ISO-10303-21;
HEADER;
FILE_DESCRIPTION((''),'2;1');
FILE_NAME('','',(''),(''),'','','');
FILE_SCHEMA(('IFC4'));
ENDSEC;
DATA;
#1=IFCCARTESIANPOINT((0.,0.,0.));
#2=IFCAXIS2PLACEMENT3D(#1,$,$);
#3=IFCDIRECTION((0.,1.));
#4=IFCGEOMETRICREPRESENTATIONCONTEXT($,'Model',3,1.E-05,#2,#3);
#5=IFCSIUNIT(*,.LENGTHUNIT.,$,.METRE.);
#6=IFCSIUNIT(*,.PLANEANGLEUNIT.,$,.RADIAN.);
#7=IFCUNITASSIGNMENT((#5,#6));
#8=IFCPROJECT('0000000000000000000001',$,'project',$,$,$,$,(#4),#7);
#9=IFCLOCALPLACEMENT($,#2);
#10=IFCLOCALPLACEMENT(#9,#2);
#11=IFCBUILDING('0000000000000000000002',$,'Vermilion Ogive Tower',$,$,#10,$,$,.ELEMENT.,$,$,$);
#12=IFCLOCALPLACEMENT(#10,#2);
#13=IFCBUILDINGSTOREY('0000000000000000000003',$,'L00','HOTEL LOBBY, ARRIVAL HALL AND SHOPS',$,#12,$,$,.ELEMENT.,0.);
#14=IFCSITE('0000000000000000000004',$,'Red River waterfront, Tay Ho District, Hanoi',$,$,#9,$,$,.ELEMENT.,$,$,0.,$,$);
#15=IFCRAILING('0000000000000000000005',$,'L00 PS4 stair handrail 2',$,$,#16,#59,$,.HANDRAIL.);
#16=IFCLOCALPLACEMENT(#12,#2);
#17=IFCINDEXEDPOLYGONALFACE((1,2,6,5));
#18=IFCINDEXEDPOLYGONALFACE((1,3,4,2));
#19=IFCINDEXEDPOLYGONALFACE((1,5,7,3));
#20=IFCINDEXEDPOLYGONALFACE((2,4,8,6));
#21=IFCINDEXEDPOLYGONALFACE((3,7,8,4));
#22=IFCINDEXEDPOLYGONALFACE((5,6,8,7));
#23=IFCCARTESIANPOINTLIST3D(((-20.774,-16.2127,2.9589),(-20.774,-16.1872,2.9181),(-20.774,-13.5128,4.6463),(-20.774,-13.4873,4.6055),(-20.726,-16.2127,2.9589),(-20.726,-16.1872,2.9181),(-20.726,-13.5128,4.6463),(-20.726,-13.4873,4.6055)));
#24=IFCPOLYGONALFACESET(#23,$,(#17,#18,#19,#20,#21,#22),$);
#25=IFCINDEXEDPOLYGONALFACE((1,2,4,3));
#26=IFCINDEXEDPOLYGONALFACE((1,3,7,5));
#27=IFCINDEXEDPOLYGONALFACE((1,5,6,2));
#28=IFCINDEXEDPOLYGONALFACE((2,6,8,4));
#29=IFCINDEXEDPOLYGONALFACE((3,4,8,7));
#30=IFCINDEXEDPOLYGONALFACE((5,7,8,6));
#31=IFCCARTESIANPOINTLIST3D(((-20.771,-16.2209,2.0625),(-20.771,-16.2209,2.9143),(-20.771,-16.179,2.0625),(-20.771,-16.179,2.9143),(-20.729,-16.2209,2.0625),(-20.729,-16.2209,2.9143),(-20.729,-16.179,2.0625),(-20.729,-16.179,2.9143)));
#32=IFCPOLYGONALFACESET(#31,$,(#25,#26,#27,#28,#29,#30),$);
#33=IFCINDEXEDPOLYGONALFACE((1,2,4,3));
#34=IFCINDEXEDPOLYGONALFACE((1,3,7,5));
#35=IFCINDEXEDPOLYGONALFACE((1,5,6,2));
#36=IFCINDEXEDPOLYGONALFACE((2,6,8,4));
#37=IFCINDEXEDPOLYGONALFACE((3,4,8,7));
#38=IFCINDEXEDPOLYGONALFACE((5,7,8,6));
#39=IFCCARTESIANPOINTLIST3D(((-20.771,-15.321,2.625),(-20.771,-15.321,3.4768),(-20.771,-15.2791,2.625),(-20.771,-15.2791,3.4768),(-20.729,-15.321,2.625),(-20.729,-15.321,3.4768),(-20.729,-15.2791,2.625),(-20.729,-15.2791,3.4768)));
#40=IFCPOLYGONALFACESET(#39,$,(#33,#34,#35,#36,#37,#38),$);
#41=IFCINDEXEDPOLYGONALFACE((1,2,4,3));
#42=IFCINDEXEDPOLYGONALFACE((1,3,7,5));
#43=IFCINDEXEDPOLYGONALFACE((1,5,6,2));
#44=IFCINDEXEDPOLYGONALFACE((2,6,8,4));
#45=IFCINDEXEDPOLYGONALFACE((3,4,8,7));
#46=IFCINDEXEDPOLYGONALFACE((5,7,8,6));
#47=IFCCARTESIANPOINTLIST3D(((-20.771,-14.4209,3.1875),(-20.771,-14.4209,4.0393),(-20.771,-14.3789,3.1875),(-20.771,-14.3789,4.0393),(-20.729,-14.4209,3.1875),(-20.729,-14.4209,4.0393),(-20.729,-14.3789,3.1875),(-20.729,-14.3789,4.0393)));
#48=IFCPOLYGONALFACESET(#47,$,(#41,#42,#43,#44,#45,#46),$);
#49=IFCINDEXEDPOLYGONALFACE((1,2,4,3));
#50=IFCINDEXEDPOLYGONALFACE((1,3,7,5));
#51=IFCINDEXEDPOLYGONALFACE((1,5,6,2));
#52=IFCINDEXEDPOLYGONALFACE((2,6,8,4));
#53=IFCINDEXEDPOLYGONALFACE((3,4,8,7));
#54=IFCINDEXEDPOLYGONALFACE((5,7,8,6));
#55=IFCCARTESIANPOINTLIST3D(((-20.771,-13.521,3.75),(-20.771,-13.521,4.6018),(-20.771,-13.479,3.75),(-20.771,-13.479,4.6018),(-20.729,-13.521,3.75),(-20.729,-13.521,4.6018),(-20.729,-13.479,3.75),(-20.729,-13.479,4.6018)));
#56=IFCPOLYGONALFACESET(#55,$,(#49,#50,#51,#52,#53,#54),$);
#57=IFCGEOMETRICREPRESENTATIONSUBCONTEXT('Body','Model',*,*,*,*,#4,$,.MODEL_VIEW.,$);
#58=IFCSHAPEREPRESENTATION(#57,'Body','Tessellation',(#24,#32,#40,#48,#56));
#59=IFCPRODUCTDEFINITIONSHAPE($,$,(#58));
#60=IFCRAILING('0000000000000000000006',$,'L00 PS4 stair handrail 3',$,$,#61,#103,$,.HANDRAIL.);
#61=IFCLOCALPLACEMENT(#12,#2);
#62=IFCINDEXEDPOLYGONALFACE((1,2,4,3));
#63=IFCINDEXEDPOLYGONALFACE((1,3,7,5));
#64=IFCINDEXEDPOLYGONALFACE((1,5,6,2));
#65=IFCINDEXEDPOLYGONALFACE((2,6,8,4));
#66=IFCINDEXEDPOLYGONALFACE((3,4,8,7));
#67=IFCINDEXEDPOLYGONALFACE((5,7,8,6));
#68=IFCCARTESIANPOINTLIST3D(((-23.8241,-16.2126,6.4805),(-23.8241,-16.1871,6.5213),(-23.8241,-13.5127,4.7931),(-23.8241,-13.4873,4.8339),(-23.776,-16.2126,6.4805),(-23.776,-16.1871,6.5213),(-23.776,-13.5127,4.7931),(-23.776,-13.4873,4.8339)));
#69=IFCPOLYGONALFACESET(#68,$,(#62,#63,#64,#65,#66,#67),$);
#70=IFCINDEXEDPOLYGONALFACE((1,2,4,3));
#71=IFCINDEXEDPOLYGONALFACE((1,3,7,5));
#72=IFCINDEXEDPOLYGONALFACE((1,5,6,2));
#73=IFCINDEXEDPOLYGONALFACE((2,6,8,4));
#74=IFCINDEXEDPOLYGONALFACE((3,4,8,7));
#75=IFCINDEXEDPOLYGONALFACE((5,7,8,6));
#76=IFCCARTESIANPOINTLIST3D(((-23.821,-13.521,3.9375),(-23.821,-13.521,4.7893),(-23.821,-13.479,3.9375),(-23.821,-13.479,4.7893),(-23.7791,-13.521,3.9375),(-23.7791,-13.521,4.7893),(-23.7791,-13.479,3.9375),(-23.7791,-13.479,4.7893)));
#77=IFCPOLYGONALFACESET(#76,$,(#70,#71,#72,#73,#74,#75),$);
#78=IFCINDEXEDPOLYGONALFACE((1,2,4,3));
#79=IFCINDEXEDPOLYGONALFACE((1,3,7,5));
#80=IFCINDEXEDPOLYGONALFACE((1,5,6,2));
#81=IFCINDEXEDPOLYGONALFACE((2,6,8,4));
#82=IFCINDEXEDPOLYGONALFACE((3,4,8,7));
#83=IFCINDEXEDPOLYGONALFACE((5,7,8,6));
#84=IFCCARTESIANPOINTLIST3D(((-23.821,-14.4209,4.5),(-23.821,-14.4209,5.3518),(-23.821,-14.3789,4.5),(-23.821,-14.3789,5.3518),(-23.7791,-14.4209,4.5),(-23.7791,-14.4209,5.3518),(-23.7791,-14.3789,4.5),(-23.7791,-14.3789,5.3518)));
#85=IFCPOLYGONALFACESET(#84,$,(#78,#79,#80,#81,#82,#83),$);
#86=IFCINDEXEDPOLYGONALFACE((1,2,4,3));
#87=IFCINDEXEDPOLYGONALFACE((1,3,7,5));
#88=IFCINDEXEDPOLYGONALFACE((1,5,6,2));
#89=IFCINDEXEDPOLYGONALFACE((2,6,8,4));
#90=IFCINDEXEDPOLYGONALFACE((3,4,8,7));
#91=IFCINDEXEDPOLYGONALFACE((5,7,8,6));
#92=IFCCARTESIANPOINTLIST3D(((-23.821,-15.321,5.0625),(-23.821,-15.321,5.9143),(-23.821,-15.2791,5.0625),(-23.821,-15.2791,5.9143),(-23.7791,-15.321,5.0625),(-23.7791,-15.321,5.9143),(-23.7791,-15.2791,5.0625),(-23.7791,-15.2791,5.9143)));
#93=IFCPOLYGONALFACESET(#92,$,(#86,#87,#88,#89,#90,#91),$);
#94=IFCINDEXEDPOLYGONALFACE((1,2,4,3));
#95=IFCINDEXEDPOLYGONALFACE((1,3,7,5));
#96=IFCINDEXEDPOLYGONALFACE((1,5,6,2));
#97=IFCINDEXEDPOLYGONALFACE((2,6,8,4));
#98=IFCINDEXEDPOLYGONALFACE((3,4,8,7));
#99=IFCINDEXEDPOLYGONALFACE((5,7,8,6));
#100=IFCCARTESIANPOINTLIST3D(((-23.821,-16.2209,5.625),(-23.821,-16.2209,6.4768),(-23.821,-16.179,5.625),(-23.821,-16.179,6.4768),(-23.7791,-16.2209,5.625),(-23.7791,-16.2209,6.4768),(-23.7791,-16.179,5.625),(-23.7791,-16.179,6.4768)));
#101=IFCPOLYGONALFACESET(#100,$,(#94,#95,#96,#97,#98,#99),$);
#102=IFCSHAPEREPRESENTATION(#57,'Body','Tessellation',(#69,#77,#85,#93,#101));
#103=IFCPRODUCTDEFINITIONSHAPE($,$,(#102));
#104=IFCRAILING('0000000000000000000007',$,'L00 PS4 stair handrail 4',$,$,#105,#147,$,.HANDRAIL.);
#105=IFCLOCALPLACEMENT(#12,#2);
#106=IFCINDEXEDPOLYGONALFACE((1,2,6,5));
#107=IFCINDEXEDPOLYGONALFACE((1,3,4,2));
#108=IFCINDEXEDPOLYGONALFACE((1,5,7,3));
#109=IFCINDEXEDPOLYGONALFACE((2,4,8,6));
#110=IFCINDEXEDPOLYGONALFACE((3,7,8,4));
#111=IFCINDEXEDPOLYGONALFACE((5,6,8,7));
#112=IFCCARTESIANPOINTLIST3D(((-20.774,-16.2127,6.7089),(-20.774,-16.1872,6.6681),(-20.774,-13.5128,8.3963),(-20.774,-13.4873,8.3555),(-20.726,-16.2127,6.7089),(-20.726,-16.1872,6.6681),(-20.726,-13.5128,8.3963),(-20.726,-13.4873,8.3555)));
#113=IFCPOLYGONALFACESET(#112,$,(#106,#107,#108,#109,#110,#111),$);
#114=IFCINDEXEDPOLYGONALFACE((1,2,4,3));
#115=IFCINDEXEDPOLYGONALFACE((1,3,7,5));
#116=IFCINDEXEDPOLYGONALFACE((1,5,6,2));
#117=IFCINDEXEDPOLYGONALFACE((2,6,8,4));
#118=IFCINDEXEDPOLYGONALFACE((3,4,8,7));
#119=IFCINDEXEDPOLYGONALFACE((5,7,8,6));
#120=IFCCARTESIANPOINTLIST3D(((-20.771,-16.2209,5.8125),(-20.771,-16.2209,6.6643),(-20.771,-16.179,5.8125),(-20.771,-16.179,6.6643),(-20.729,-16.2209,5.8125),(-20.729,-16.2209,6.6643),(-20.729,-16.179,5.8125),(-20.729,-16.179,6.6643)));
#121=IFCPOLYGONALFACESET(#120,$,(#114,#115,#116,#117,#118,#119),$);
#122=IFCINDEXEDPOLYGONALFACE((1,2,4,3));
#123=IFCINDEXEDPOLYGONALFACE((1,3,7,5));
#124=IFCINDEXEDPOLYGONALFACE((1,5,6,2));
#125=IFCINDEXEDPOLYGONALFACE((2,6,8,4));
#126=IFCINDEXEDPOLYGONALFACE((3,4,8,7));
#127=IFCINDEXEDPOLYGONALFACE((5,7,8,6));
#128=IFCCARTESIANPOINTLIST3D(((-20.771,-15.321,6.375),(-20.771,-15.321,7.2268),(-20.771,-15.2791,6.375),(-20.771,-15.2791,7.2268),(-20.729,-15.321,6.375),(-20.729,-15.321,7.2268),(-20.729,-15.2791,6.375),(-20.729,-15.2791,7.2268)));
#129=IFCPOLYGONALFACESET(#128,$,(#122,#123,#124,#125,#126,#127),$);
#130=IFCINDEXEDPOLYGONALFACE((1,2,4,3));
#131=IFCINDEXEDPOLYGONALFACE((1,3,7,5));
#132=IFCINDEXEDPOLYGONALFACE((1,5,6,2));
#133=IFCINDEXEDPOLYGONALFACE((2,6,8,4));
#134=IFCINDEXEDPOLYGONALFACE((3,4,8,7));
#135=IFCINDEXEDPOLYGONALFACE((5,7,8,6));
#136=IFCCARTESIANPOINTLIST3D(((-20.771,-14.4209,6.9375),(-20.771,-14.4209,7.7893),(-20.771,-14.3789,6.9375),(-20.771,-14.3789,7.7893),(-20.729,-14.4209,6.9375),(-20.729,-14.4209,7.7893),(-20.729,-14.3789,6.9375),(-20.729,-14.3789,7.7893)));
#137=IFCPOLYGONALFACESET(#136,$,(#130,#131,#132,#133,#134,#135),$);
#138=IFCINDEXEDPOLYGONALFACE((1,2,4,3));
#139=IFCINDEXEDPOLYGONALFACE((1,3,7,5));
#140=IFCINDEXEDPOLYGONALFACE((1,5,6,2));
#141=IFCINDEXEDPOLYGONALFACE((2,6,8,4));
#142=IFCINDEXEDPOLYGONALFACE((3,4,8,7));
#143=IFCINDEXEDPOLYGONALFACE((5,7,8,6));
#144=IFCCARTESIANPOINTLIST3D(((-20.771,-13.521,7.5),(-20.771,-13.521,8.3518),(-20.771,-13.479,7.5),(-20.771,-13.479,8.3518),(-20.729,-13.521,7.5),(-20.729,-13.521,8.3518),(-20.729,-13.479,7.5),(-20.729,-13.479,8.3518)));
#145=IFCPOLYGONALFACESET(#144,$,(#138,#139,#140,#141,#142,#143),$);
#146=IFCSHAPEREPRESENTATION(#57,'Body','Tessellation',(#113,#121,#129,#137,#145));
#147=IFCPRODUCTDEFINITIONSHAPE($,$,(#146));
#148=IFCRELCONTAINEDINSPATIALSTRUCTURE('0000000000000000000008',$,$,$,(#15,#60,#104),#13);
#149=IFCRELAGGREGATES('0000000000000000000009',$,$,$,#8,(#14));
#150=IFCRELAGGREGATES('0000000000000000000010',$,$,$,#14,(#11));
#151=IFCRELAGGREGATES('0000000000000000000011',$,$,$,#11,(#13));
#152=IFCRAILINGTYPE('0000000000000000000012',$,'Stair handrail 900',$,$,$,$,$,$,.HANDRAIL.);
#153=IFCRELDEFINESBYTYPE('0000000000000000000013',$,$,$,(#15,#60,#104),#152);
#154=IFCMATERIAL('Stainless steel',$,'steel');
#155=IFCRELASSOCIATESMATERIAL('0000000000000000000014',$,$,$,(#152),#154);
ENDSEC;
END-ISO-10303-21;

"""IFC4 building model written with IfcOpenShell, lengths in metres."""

from ifc_helpers import new_model, si_unit, direction, frame, origin, origin_2d, place, context, subcontext, project, spatial, rectangle, extrude, material, type_object, element, save


model = new_model("IFC4")

# Units and contexts
model_context = context("Model", 3, precision=1e-05, world=origin(), true_north=direction((0.0, 1.0)))
body_context = subcontext(model_context, "Body", "Model", "MODEL_VIEW")
ifc_project = project(units=[si_unit("LENGTHUNIT", "METRE"), si_unit("PLANEANGLEUNIT", "RADIAN")], contexts=[model_context])

# Site, building, storey
site_placement = place(None, origin())
site = spatial("IfcSite", under=ifc_project, at=site_placement, Name="Red River waterfront, Tay Ho District, Hanoi", CompositionType="ELEMENT", RefElevation=0.0)
building_placement = place(site_placement, origin())
building = spatial("IfcBuilding", under=site, at=building_placement, Name="Vermilion Ogive Tower", CompositionType="ELEMENT")
storey_placement = place(building_placement, origin())
storey = spatial("IfcBuildingStorey", under=building, at=storey_placement, Name="L00", Description="HOTEL LOBBY, ARRIVAL HALL AND SHOPS", CompositionType="ELEMENT", Elevation=0.0)

# Railings
ifc_material_1 = material(Name="Stainless steel", Category="steel")
railing_type_1 = type_object("IfcRailingType", Name="Stair handrail 900", PredefinedType="HANDRAIL", material=ifc_material_1)
railing_1_placement = place(storey_placement, frame((-20.75, -16.2, 2.0625)))
element("IfcRailing", 1, at=railing_1_placement, inside=storey, type_object=railing_type_1, Name="L00 PS4 stair handrail 2", PredefinedType="HANDRAIL", context=body_context, shape_type="SweptSolid", body=[
    extrude(rectangle(XDim=0.0481, YDim=0.0481, at=origin_2d()), frame((0.0, 0.0, 0.876), z_axis=(0.0, 0.847994, 0.530006), x_axis=(-1.0, 0.0, 0.0)), (0.0, 0.0, 1.0), 3.1838),
    extrude(rectangle(XDim=0.042, YDim=0.042, at=origin_2d()), origin(), (0.0, 0.0, 1.0), 0.8518),
    extrude(rectangle(XDim=0.042, YDim=0.042, at=origin_2d()), frame((0.0, 0.8999, 0.5625)), (0.0, 0.0, 1.0), 0.8518),
    extrude(rectangle(XDim=0.042, YDim=0.042, at=origin_2d()), frame((0.0, 1.8, 1.125)), (0.0, 0.0, 1.0), 0.8518),
    extrude(rectangle(XDim=0.042, YDim=0.042, at=origin_2d()), frame((0.0, 2.7, 1.6875)), (0.0, 0.0, 1.0), 0.8518),
])
railing_2_placement = place(storey_placement, frame((-23.8, -13.5, 3.9375)))
element("IfcRailing", 2, at=railing_2_placement, inside=storey, type_object=railing_type_1, Name="L00 PS4 stair handrail 3", PredefinedType="HANDRAIL", context=body_context, shape_type="SweptSolid", body=[
    extrude(rectangle(XDim=0.0481, YDim=0.0481, at=origin_2d()), frame((0.0, 0.0, 0.876), z_axis=(0.0, -0.847994, 0.530006), x_axis=(1.0, 0.0, 0.0)), (0.0, 0.0, 1.0), 3.1838),
    extrude(rectangle(XDim=0.042, YDim=0.042, at=origin_2d()), origin(), (0.0, 0.0, 1.0), 0.8518),
    extrude(rectangle(XDim=0.042, YDim=0.042, at=origin_2d()), frame((0.0, -0.8999, 0.5625)), (0.0, 0.0, 1.0), 0.8518),
    extrude(rectangle(XDim=0.042, YDim=0.042, at=origin_2d()), frame((0.0, -1.8, 1.125)), (0.0, 0.0, 1.0), 0.8518),
    extrude(rectangle(XDim=0.042, YDim=0.042, at=origin_2d()), frame((0.0, -2.7, 1.6875)), (0.0, 0.0, 1.0), 0.8518),
])
railing_3_placement = place(storey_placement, frame((-20.75, -16.2, 5.8125)))
element("IfcRailing", 3, at=railing_3_placement, inside=storey, type_object=railing_type_1, Name="L00 PS4 stair handrail 4", PredefinedType="HANDRAIL", context=body_context, shape_type="SweptSolid", body=[
    extrude(rectangle(XDim=0.0481, YDim=0.0481, at=origin_2d()), frame((0.0, 0.0, 0.876), z_axis=(0.0, 0.847994, 0.530006), x_axis=(-1.0, 0.0, 0.0)), (0.0, 0.0, 1.0), 3.1838),
    extrude(rectangle(XDim=0.042, YDim=0.042, at=origin_2d()), origin(), (0.0, 0.0, 1.0), 0.8518),
    extrude(rectangle(XDim=0.042, YDim=0.042, at=origin_2d()), frame((0.0, 0.8999, 0.5625)), (0.0, 0.0, 1.0), 0.8518),
    extrude(rectangle(XDim=0.042, YDim=0.042, at=origin_2d()), frame((0.0, 1.8, 1.125)), (0.0, 0.0, 1.0), 0.8518),
    extrude(rectangle(XDim=0.042, YDim=0.042, at=origin_2d()), frame((0.0, 2.7, 1.6875)), (0.0, 0.0, 1.0), 0.8518),
])

save(model, "model.ifc")
